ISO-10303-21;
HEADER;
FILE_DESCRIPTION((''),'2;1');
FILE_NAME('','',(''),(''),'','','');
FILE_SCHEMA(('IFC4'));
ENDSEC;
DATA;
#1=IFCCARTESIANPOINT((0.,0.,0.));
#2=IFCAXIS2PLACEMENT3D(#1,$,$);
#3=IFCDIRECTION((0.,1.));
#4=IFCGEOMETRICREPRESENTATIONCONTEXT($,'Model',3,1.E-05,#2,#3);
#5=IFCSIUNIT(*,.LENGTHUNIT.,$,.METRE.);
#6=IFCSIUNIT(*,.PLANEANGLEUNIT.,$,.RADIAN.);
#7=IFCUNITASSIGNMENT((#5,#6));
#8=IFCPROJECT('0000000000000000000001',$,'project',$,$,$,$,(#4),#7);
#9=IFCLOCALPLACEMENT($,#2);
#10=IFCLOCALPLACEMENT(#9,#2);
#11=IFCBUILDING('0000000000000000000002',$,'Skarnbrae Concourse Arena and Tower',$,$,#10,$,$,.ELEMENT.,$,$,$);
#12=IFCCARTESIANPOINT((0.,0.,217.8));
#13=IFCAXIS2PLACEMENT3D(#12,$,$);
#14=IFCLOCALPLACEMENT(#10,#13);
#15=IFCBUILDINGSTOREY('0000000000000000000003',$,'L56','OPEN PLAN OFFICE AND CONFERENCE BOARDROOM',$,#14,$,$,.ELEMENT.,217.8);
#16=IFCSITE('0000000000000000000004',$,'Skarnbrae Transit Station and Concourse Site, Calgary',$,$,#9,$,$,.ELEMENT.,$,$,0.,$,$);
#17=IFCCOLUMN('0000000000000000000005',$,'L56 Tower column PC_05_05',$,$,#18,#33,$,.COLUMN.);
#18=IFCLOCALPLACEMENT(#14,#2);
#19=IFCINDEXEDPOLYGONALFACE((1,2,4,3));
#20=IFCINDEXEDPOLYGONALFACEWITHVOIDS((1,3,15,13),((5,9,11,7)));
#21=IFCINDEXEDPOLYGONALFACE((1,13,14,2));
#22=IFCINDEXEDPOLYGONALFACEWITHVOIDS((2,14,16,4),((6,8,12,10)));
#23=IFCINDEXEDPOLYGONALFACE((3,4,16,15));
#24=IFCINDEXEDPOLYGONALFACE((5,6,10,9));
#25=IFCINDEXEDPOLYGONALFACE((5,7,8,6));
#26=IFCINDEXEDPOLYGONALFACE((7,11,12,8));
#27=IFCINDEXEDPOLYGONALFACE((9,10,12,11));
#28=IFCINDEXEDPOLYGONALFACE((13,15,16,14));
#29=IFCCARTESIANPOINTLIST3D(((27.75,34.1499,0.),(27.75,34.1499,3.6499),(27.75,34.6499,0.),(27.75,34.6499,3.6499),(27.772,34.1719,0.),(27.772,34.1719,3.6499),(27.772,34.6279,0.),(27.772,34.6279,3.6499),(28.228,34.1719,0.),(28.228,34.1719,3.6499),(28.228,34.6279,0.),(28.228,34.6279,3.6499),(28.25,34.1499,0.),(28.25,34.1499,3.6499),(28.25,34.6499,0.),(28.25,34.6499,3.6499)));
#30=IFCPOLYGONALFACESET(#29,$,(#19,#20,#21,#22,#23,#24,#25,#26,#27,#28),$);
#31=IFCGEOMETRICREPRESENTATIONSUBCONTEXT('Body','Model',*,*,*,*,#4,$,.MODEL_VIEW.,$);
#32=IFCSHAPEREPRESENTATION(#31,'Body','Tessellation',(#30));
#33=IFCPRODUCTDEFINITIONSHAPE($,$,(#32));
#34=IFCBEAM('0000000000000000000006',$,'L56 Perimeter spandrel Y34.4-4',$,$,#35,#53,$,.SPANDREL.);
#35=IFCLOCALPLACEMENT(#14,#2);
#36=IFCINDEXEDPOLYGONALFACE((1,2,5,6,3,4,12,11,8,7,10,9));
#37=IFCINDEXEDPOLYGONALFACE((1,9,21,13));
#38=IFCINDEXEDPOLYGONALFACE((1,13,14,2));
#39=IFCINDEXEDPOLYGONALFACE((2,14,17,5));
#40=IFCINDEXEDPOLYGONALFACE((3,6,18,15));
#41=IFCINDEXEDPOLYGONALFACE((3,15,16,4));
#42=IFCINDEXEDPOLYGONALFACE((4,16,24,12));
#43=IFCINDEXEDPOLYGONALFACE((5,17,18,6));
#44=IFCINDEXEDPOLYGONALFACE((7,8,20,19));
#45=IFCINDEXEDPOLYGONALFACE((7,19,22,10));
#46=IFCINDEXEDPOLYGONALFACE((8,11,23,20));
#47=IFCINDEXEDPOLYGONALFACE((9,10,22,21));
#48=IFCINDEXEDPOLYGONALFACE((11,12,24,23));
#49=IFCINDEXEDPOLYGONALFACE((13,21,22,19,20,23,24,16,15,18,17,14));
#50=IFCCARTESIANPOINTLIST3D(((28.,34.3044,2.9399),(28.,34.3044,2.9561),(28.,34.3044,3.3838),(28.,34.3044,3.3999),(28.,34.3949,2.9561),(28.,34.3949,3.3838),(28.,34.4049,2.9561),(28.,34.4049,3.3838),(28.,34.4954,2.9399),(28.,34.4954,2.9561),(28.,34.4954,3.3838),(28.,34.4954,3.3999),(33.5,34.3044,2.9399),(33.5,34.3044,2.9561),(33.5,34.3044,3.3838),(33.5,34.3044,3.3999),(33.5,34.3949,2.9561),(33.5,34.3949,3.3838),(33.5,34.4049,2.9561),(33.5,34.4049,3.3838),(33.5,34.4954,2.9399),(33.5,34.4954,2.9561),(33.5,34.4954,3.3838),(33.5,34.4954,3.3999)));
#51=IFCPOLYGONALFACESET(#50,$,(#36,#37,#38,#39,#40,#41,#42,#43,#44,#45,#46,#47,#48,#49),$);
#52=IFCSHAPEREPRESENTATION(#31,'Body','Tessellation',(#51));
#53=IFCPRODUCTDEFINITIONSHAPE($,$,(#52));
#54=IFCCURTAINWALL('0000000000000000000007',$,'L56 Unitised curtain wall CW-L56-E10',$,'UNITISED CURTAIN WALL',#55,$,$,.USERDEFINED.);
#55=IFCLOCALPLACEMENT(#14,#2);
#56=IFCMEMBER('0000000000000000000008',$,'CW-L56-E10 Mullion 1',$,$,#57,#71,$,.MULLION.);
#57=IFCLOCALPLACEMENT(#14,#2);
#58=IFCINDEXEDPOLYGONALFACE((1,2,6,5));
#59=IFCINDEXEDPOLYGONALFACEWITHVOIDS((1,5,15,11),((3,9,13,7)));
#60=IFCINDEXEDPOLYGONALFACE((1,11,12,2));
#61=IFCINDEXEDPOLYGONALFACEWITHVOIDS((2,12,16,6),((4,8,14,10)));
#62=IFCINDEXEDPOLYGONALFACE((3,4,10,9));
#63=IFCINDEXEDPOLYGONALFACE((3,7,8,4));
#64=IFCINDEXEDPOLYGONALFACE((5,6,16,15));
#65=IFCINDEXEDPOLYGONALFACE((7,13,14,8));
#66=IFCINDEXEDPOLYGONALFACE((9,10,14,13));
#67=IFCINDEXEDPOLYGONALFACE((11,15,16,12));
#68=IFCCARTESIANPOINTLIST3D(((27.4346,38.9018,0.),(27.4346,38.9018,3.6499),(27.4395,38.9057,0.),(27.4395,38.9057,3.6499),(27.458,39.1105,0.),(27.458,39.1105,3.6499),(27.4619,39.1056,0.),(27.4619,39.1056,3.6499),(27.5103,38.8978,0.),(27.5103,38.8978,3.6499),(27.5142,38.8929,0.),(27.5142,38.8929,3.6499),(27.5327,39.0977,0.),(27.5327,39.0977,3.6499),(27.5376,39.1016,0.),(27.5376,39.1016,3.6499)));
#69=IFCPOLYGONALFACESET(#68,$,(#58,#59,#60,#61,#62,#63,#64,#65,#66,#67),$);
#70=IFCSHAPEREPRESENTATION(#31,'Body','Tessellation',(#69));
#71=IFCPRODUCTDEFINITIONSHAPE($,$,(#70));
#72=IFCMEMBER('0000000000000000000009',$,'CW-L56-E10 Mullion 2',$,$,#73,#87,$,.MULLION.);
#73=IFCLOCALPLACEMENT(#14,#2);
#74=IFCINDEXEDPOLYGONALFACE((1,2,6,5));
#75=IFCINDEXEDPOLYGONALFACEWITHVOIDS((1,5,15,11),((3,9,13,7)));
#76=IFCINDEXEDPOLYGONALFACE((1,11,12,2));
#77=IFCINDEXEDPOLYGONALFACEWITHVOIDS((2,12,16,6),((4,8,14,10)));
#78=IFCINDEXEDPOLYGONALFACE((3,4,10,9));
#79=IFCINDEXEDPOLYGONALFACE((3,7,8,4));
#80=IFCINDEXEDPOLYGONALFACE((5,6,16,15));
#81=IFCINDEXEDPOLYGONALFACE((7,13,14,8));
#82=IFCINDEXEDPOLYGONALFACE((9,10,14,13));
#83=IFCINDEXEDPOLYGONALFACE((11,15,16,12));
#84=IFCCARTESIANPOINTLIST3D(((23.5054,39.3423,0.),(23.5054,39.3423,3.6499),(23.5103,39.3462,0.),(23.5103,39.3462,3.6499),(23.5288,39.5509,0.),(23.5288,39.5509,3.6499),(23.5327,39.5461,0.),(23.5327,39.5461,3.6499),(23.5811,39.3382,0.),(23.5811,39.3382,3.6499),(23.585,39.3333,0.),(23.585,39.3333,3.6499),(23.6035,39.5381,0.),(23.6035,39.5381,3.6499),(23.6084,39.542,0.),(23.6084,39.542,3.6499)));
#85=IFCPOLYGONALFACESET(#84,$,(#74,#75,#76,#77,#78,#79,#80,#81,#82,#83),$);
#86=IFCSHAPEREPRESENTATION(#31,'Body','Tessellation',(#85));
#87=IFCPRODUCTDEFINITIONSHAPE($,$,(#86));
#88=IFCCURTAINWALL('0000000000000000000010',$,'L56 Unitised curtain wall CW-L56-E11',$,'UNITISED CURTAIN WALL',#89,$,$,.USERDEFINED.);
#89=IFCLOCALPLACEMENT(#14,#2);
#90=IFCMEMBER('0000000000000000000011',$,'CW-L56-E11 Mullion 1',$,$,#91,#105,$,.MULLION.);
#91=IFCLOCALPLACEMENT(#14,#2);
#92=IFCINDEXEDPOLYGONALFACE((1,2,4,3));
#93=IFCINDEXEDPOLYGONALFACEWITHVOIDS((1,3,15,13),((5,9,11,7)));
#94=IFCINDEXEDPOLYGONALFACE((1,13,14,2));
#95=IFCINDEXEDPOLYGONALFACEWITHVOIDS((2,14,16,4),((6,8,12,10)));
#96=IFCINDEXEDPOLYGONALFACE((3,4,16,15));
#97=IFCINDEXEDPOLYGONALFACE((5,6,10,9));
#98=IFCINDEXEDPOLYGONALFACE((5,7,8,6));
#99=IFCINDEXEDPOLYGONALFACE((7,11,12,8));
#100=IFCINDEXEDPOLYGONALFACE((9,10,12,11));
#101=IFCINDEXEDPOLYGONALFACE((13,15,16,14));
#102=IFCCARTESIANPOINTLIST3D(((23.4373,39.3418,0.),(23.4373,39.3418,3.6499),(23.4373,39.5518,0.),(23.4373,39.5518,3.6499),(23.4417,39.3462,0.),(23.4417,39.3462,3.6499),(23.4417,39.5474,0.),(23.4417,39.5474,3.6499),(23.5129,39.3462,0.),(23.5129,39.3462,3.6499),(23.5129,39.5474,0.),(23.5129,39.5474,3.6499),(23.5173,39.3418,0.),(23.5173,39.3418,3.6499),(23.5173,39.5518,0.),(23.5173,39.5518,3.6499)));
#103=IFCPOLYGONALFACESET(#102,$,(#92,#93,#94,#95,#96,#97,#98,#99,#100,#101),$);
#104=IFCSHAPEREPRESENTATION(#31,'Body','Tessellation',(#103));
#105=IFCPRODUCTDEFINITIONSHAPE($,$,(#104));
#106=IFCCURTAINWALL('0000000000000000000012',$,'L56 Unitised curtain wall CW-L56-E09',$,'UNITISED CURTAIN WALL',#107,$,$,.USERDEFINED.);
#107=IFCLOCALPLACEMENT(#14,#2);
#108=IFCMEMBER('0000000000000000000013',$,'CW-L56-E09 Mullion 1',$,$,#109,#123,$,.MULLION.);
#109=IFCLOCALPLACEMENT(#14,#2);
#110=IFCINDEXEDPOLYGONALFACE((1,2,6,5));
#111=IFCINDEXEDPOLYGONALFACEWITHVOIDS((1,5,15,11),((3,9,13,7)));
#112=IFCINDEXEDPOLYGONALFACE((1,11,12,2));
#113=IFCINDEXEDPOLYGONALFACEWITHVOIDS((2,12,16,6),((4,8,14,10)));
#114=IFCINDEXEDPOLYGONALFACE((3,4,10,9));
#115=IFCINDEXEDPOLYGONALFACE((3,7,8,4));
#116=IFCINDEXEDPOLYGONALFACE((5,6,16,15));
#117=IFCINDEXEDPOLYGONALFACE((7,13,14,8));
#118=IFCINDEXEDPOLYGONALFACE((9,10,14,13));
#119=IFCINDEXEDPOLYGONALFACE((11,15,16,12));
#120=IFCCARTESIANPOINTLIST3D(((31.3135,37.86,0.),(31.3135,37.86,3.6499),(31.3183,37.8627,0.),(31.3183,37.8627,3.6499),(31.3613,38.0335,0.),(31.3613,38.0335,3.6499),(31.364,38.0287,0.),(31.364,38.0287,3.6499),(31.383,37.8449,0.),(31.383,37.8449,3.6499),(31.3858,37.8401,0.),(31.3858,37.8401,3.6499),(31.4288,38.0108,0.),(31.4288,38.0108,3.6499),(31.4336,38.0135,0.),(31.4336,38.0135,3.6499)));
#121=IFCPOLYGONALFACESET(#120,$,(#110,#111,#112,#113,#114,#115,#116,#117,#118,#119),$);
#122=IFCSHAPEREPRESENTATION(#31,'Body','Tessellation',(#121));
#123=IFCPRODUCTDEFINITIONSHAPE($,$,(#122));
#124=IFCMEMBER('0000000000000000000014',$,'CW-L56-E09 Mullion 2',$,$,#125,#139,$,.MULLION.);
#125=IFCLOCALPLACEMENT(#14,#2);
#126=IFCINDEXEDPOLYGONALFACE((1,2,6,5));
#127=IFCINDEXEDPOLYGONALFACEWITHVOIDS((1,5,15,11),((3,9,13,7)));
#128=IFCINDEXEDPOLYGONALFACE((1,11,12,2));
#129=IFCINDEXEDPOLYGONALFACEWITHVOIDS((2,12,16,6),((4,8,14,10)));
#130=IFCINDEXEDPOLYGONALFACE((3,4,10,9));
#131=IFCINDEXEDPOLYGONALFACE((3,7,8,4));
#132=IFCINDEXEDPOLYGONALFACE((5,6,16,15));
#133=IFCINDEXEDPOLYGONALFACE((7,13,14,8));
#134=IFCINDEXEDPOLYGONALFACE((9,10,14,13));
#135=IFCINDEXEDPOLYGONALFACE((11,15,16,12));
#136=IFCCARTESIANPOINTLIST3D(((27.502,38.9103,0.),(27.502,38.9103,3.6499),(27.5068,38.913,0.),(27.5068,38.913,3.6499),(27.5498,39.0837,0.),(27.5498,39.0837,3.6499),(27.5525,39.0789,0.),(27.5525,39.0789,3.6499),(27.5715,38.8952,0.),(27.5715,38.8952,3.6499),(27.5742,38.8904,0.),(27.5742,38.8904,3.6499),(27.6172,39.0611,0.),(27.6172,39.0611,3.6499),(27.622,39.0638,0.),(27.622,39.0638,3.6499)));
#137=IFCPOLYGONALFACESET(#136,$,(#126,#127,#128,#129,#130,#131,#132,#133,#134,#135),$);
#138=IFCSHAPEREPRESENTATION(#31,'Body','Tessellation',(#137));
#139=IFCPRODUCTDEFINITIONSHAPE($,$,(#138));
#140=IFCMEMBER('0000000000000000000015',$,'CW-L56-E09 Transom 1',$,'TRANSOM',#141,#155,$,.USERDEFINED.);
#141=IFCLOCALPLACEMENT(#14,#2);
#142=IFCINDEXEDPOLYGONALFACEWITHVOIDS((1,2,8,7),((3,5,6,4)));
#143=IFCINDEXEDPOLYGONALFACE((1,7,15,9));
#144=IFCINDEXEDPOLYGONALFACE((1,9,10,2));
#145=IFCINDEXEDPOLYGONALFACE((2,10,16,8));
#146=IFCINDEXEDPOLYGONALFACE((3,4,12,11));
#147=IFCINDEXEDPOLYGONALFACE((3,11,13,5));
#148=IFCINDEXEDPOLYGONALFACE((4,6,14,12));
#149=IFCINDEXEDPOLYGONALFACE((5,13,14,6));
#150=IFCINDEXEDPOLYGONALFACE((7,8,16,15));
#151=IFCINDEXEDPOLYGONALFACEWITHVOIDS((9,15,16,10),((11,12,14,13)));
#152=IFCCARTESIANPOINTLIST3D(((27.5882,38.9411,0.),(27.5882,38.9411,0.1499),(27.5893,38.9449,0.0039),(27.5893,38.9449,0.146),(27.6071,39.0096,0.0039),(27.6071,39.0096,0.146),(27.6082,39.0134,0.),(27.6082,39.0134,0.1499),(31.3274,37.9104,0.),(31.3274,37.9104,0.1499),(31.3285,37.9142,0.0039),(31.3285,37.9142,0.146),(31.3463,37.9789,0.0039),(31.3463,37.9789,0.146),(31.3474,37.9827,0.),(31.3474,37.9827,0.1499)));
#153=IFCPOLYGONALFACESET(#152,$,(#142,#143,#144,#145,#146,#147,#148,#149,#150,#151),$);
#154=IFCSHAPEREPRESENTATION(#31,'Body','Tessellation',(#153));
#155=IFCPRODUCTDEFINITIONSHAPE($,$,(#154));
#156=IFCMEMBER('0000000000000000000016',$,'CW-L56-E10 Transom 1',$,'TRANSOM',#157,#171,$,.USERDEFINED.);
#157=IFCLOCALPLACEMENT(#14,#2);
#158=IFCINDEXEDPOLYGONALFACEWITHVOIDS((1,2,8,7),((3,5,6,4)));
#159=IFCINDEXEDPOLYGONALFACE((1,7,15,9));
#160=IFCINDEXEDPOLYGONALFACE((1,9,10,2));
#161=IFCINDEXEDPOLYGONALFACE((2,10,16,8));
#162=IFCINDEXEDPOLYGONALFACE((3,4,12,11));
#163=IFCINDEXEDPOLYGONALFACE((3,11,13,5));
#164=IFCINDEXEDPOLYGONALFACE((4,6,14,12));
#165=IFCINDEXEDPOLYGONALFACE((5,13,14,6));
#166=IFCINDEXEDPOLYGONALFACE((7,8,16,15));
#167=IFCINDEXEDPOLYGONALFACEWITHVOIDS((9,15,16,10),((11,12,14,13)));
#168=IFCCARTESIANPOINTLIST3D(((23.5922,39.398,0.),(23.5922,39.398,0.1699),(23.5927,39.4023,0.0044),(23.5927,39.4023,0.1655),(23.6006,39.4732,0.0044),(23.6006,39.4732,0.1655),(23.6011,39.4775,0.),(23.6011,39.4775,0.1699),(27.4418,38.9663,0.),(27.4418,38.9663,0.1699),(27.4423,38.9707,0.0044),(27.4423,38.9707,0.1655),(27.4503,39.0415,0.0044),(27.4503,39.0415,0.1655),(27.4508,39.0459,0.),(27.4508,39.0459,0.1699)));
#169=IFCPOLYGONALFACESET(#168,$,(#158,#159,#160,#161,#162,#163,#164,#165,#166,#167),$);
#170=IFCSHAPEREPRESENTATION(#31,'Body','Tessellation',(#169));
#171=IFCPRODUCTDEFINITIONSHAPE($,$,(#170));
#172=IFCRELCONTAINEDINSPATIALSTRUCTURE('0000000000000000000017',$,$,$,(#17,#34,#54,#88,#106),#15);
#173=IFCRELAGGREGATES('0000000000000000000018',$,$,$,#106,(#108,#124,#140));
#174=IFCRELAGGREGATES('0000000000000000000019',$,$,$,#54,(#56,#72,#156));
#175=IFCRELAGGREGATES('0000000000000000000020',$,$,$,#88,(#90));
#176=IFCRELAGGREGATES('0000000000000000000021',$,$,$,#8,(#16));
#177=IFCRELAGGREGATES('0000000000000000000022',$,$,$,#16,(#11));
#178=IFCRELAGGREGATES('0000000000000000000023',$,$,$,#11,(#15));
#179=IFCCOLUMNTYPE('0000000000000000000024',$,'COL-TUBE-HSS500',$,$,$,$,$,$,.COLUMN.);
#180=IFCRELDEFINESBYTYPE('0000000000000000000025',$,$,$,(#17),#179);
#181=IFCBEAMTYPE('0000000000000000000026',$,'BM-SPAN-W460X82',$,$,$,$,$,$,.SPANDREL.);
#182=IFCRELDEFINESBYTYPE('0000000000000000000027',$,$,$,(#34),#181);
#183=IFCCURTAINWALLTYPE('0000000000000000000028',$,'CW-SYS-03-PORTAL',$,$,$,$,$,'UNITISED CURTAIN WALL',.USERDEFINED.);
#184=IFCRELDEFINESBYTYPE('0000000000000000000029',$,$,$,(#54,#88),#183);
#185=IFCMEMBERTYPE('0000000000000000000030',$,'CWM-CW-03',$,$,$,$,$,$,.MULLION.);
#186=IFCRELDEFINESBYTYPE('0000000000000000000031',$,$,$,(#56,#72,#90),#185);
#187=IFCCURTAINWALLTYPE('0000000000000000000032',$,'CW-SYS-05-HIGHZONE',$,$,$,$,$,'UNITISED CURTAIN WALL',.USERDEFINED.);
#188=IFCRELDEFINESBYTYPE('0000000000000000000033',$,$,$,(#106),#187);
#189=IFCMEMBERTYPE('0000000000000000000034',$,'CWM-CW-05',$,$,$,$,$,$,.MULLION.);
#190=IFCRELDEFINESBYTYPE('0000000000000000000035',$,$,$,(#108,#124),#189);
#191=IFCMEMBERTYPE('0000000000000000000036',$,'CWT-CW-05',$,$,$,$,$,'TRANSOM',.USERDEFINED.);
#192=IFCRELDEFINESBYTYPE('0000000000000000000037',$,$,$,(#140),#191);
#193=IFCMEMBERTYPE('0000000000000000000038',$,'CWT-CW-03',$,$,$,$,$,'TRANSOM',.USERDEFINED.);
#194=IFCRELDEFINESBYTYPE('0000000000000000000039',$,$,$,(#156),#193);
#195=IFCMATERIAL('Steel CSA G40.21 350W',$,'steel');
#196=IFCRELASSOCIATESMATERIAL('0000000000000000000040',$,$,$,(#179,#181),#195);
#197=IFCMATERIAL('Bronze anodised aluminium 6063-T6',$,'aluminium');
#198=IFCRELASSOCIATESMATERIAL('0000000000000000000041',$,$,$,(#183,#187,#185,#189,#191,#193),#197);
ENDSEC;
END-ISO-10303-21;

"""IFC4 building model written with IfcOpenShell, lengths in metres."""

from ifc_helpers import new_model, si_unit, direction, frame, origin, origin_2d, place, context, subcontext, project, spatial, hollow_rectangle, i_section, extrude, source, transform, mapped, material, material_profile, profile_set, type_object, element, aggregate, save


model = new_model("IFC4")

# Units and contexts
model_context = context("Model", 3, precision=1e-05, world=origin(), true_north=direction((0.0, 1.0)))
body_context = subcontext(model_context, "Body", "Model", "MODEL_VIEW")
ifc_project = project(units=[si_unit("LENGTHUNIT", "METRE"), si_unit("PLANEANGLEUNIT", "RADIAN")], contexts=[model_context])

# Site, building, storey
site_placement = place(None, origin())
site = spatial("IfcSite", under=ifc_project, at=site_placement, Name="Skarnbrae Transit Station and Concourse Site, Calgary", CompositionType="ELEMENT", RefElevation=0.0)
building_placement = place(site_placement, origin())
building = spatial("IfcBuilding", under=site, at=building_placement, Name="Skarnbrae Concourse Arena and Tower", CompositionType="ELEMENT")
storey_placement = place(building_placement, frame((0.0, 0.0, 217.8)))
storey = spatial("IfcBuildingStorey", under=building, at=storey_placement, Name="L56", Description="OPEN PLAN OFFICE AND CONFERENCE BOARDROOM", CompositionType="ELEMENT", Elevation=217.8)

# Column
ifc_material_1 = material(Name="Steel CSA G40.21 350W", Category="steel")
ifc_material_profile_1 = material_profile(ifc_material_1, hollow_rectangle(XDim=0.5, YDim=0.5, WallThickness=0.022, at=origin_2d()), Name="HSS500X500X22.0")
ifc_profile_set_1 = profile_set([ifc_material_profile_1], Name="Steel CSA G40.21 350W")
column_type = type_object("IfcColumnType", Name="COL-TUBE-HSS500", PredefinedType="COLUMN", material=ifc_profile_set_1)
shared_shape_1 = source(origin(), body_context, "Body", "SweptSolid", [
    extrude(hollow_rectangle(XDim=0.5, YDim=0.5, WallThickness=0.022, at=origin_2d()), origin(), (0.0, 0.0, 1.0), 3.6499),
])
column_placement = place(storey_placement, frame((28.0, 34.3999, 0.0), z_axis=(0.0, 0.0, 1.0), x_axis=(1.0, 0.0, 0.0)))
element("IfcColumn", 1, at=column_placement, inside=storey, type_object=column_type, Name="L56 Tower column PC_05_05", PredefinedType="COLUMN", context=body_context, shape_type="MappedRepresentation", body=[
    mapped(shared_shape_1, transform((0.0, 0.0, 0.0))),
])

# Beam
ifc_material_profile_2 = material_profile(ifc_material_1, i_section(OverallWidth=0.1909, OverallDepth=0.46, WebThickness=0.01, FlangeThickness=0.0161, at=origin_2d()), Name="W460X82")
ifc_profile_set_2 = profile_set([ifc_material_profile_2], Name="Steel CSA G40.21 350W")
beam_type = type_object("IfcBeamType", Name="BM-SPAN-W460X82", PredefinedType="SPANDREL", material=ifc_profile_set_2)
shared_shape_2 = source(origin(), body_context, "Body", "SweptSolid", [
    extrude(i_section(OverallWidth=0.1909, OverallDepth=0.46, WebThickness=0.01, FlangeThickness=0.0161, at=origin_2d()), origin(), (0.0, 0.0, 1.0), 5.5),
])
beam_placement = place(storey_placement, frame((28.0, 34.3999, 3.1699), z_axis=(1.0, 0.0, 0.0), x_axis=(0.0, 1.0, 0.0)))
element("IfcBeam", 2, at=beam_placement, inside=storey, type_object=beam_type, Name="L56 Perimeter spandrel Y34.4-4", PredefinedType="SPANDREL", context=body_context, shape_type="MappedRepresentation", body=[
    mapped(shared_shape_2, transform((0.0, 0.0, 0.0))),
])

# Curtain wall, members
ifc_material_2 = material(Name="Bronze anodised aluminium 6063-T6", Category="aluminium")
curtain_wall_type_1 = type_object("IfcCurtainWallType", Name="CW-SYS-03-PORTAL", ElementType="UNITISED CURTAIN WALL", PredefinedType="USERDEFINED", material=ifc_material_2)
curtain_wall_1_placement = place(storey_placement, origin())
curtain_wall_1 = element("IfcCurtainWall", 3, at=curtain_wall_1_placement, inside=storey, type_object=curtain_wall_type_1, Name="L56 Unitised curtain wall CW-L56-E10", ObjectType="UNITISED CURTAIN WALL", PredefinedType="USERDEFINED")
ifc_material_profile_3 = material_profile(ifc_material_2, hollow_rectangle(XDim=0.0801, YDim=0.21, WallThickness=0.0044, at=origin_2d()), Name="ALU-MULL-80X210")
ifc_profile_set_3 = profile_set([ifc_material_profile_3], Name="Bronze anodised aluminium 6063-T6")
member_type_1 = type_object("IfcMemberType", Name="CWM-CW-03", PredefinedType="MULLION", material=ifc_profile_set_3)
shared_shape_3 = source(origin(), body_context, "Body", "SweptSolid", [
    extrude(hollow_rectangle(XDim=0.0801, YDim=0.21, WallThickness=0.0044, at=origin_2d()), origin(), (0.0, 0.0, 1.0), 3.6499),
])
member_1_placement = place(storey_placement, frame((27.4861, 39.0017, 0.0), z_axis=(0.0, 0.0, 1.0), x_axis=(-0.993769, 0.11146, 0.0)))
member_1 = element("IfcMember", 4, at=member_1_placement, type_object=member_type_1, Name="CW-L56-E10 Mullion 1", PredefinedType="MULLION", context=body_context, shape_type="MappedRepresentation", body=[
    mapped(shared_shape_3, transform((0.0, 0.0, 0.0))),
])
member_2_placement = place(storey_placement, frame((23.5569, 39.4421, 0.0), z_axis=(0.0, 0.0, 1.0), x_axis=(-0.993769, 0.11146, 0.0)))
member_2 = element("IfcMember", 5, at=member_2_placement, type_object=member_type_1, Name="CW-L56-E10 Mullion 2", PredefinedType="MULLION", context=body_context, shape_type="MappedRepresentation", body=[
    mapped(shared_shape_3, transform((0.0, 0.0, 0.0))),
])

# Curtain wall, member
curtain_wall_2_placement = place(storey_placement, origin())
curtain_wall_2 = element("IfcCurtainWall", 6, at=curtain_wall_2_placement, inside=storey, type_object=curtain_wall_type_1, Name="L56 Unitised curtain wall CW-L56-E11", ObjectType="UNITISED CURTAIN WALL", PredefinedType="USERDEFINED")
member_3_placement = place(storey_placement, frame((23.4773, 39.4468, 0.0), z_axis=(0.0, 0.0, 1.0), x_axis=(-1.0, 0.0, 0.0)))
member_3 = element("IfcMember", 7, at=member_3_placement, type_object=member_type_1, Name="CW-L56-E11 Mullion 1", PredefinedType="MULLION", context=body_context, shape_type="MappedRepresentation", body=[
    mapped(shared_shape_3, transform((0.0, 0.0, 0.0))),
])

# Curtain wall, members
curtain_wall_type_2 = type_object("IfcCurtainWallType", Name="CW-SYS-05-HIGHZONE", ElementType="UNITISED CURTAIN WALL", PredefinedType="USERDEFINED", material=ifc_material_2)
curtain_wall_3_placement = place(storey_placement, origin())
curtain_wall_3 = element("IfcCurtainWall", 8, at=curtain_wall_3_placement, inside=storey, type_object=curtain_wall_type_2, Name="L56 Unitised curtain wall CW-L56-E09", ObjectType="UNITISED CURTAIN WALL", PredefinedType="USERDEFINED")
ifc_material_profile_4 = material_profile(ifc_material_2, hollow_rectangle(XDim=0.075, YDim=0.1799, WallThickness=0.0039, at=origin_2d()), Name="ALU-MULL-75X180")
ifc_profile_set_4 = profile_set([ifc_material_profile_4], Name="Bronze anodised aluminium 6063-T6")
member_type_2 = type_object("IfcMemberType", Name="CWM-CW-05", PredefinedType="MULLION", material=ifc_profile_set_4)
shared_shape_4 = source(origin(), body_context, "Body", "SweptSolid", [
    extrude(hollow_rectangle(XDim=0.075, YDim=0.1799, WallThickness=0.0039, at=origin_2d()), origin(), (0.0, 0.0, 1.0), 3.6499),
])
member_4_placement = place(storey_placement, frame((31.3735, 37.9368, 0.0), z_axis=(0.0, 0.0, 1.0), x_axis=(-0.964057, 0.265694, 0.0)))
member_4 = element("IfcMember", 9, at=member_4_placement, type_object=member_type_2, Name="CW-L56-E09 Mullion 1", PredefinedType="MULLION", context=body_context, shape_type="MappedRepresentation", body=[
    mapped(shared_shape_4, transform((0.0, 0.0, 0.0))),
])
member_5_placement = place(storey_placement, frame((27.562, 38.9871, 0.0), z_axis=(0.0, 0.0, 1.0), x_axis=(-0.964057, 0.265694, 0.0)))
member_5 = element("IfcMember", 10, at=member_5_placement, type_object=member_type_2, Name="CW-L56-E09 Mullion 2", PredefinedType="MULLION", context=body_context, shape_type="MappedRepresentation", body=[
    mapped(shared_shape_4, transform((0.0, 0.0, 0.0))),
])
ifc_material_profile_5 = material_profile(ifc_material_2, hollow_rectangle(XDim=0.075, YDim=0.1499, WallThickness=0.0039, at=origin_2d()), Name="ALU-TRAN-75X150")
ifc_profile_set_5 = profile_set([ifc_material_profile_5], Name="Bronze anodised aluminium 6063-T6")
member_type_3 = type_object("IfcMemberType", Name="CWT-CW-05", ElementType="TRANSOM", PredefinedType="USERDEFINED", material=ifc_profile_set_5)
shared_shape_5 = source(origin(), body_context, "Body", "SweptSolid", [
    extrude(hollow_rectangle(XDim=0.075, YDim=0.1499, WallThickness=0.0039, at=origin_2d()), origin(), (0.0, 0.0, 1.0), 3.8787),
])
member_6_placement = place(storey_placement, frame((31.3374, 37.9465, 0.075), z_axis=(-0.964043, 0.265747, 0.0), x_axis=(-0.265747, -0.964043, 0.0)))
member_6 = element("IfcMember", 11, at=member_6_placement, type_object=member_type_3, Name="CW-L56-E09 Transom 1", ObjectType="TRANSOM", PredefinedType="USERDEFINED", context=body_context, shape_type="MappedRepresentation", body=[
    mapped(shared_shape_5, transform((0.0, 0.0, 0.0))),
])

# Member
ifc_material_profile_6 = material_profile(ifc_material_2, hollow_rectangle(XDim=0.0801, YDim=0.1699, WallThickness=0.0044, at=origin_2d()), Name="ALU-TRAN-80X170")
ifc_profile_set_6 = profile_set([ifc_material_profile_6], Name="Bronze anodised aluminium 6063-T6")
member_type_4 = type_object("IfcMemberType", Name="CWT-CW-03", ElementType="TRANSOM", PredefinedType="USERDEFINED", material=ifc_profile_set_6)
shared_shape_6 = source(origin(), body_context, "Body", "SweptSolid", [
    extrude(hollow_rectangle(XDim=0.0801, YDim=0.1699, WallThickness=0.0044, at=origin_2d()), origin(), (0.0, 0.0, 1.0), 3.8738),
])
member_7_placement = place(storey_placement, frame((27.4463, 39.0061, 0.085), z_axis=(-0.993773, 0.111428, 0.0), x_axis=(-0.111428, -0.993773, 0.0)))
member_7 = element("IfcMember", 12, at=member_7_placement, type_object=member_type_4, Name="CW-L56-E10 Transom 1", ObjectType="TRANSOM", PredefinedType="USERDEFINED", context=body_context, shape_type="MappedRepresentation", body=[
    mapped(shared_shape_6, transform((0.0, 0.0, 0.0))),
])

aggregate(curtain_wall_3, [member_4, member_5, member_6])
aggregate(curtain_wall_1, [member_1, member_2, member_7])
aggregate(curtain_wall_2, [member_3])

save(model, "model.ifc")
